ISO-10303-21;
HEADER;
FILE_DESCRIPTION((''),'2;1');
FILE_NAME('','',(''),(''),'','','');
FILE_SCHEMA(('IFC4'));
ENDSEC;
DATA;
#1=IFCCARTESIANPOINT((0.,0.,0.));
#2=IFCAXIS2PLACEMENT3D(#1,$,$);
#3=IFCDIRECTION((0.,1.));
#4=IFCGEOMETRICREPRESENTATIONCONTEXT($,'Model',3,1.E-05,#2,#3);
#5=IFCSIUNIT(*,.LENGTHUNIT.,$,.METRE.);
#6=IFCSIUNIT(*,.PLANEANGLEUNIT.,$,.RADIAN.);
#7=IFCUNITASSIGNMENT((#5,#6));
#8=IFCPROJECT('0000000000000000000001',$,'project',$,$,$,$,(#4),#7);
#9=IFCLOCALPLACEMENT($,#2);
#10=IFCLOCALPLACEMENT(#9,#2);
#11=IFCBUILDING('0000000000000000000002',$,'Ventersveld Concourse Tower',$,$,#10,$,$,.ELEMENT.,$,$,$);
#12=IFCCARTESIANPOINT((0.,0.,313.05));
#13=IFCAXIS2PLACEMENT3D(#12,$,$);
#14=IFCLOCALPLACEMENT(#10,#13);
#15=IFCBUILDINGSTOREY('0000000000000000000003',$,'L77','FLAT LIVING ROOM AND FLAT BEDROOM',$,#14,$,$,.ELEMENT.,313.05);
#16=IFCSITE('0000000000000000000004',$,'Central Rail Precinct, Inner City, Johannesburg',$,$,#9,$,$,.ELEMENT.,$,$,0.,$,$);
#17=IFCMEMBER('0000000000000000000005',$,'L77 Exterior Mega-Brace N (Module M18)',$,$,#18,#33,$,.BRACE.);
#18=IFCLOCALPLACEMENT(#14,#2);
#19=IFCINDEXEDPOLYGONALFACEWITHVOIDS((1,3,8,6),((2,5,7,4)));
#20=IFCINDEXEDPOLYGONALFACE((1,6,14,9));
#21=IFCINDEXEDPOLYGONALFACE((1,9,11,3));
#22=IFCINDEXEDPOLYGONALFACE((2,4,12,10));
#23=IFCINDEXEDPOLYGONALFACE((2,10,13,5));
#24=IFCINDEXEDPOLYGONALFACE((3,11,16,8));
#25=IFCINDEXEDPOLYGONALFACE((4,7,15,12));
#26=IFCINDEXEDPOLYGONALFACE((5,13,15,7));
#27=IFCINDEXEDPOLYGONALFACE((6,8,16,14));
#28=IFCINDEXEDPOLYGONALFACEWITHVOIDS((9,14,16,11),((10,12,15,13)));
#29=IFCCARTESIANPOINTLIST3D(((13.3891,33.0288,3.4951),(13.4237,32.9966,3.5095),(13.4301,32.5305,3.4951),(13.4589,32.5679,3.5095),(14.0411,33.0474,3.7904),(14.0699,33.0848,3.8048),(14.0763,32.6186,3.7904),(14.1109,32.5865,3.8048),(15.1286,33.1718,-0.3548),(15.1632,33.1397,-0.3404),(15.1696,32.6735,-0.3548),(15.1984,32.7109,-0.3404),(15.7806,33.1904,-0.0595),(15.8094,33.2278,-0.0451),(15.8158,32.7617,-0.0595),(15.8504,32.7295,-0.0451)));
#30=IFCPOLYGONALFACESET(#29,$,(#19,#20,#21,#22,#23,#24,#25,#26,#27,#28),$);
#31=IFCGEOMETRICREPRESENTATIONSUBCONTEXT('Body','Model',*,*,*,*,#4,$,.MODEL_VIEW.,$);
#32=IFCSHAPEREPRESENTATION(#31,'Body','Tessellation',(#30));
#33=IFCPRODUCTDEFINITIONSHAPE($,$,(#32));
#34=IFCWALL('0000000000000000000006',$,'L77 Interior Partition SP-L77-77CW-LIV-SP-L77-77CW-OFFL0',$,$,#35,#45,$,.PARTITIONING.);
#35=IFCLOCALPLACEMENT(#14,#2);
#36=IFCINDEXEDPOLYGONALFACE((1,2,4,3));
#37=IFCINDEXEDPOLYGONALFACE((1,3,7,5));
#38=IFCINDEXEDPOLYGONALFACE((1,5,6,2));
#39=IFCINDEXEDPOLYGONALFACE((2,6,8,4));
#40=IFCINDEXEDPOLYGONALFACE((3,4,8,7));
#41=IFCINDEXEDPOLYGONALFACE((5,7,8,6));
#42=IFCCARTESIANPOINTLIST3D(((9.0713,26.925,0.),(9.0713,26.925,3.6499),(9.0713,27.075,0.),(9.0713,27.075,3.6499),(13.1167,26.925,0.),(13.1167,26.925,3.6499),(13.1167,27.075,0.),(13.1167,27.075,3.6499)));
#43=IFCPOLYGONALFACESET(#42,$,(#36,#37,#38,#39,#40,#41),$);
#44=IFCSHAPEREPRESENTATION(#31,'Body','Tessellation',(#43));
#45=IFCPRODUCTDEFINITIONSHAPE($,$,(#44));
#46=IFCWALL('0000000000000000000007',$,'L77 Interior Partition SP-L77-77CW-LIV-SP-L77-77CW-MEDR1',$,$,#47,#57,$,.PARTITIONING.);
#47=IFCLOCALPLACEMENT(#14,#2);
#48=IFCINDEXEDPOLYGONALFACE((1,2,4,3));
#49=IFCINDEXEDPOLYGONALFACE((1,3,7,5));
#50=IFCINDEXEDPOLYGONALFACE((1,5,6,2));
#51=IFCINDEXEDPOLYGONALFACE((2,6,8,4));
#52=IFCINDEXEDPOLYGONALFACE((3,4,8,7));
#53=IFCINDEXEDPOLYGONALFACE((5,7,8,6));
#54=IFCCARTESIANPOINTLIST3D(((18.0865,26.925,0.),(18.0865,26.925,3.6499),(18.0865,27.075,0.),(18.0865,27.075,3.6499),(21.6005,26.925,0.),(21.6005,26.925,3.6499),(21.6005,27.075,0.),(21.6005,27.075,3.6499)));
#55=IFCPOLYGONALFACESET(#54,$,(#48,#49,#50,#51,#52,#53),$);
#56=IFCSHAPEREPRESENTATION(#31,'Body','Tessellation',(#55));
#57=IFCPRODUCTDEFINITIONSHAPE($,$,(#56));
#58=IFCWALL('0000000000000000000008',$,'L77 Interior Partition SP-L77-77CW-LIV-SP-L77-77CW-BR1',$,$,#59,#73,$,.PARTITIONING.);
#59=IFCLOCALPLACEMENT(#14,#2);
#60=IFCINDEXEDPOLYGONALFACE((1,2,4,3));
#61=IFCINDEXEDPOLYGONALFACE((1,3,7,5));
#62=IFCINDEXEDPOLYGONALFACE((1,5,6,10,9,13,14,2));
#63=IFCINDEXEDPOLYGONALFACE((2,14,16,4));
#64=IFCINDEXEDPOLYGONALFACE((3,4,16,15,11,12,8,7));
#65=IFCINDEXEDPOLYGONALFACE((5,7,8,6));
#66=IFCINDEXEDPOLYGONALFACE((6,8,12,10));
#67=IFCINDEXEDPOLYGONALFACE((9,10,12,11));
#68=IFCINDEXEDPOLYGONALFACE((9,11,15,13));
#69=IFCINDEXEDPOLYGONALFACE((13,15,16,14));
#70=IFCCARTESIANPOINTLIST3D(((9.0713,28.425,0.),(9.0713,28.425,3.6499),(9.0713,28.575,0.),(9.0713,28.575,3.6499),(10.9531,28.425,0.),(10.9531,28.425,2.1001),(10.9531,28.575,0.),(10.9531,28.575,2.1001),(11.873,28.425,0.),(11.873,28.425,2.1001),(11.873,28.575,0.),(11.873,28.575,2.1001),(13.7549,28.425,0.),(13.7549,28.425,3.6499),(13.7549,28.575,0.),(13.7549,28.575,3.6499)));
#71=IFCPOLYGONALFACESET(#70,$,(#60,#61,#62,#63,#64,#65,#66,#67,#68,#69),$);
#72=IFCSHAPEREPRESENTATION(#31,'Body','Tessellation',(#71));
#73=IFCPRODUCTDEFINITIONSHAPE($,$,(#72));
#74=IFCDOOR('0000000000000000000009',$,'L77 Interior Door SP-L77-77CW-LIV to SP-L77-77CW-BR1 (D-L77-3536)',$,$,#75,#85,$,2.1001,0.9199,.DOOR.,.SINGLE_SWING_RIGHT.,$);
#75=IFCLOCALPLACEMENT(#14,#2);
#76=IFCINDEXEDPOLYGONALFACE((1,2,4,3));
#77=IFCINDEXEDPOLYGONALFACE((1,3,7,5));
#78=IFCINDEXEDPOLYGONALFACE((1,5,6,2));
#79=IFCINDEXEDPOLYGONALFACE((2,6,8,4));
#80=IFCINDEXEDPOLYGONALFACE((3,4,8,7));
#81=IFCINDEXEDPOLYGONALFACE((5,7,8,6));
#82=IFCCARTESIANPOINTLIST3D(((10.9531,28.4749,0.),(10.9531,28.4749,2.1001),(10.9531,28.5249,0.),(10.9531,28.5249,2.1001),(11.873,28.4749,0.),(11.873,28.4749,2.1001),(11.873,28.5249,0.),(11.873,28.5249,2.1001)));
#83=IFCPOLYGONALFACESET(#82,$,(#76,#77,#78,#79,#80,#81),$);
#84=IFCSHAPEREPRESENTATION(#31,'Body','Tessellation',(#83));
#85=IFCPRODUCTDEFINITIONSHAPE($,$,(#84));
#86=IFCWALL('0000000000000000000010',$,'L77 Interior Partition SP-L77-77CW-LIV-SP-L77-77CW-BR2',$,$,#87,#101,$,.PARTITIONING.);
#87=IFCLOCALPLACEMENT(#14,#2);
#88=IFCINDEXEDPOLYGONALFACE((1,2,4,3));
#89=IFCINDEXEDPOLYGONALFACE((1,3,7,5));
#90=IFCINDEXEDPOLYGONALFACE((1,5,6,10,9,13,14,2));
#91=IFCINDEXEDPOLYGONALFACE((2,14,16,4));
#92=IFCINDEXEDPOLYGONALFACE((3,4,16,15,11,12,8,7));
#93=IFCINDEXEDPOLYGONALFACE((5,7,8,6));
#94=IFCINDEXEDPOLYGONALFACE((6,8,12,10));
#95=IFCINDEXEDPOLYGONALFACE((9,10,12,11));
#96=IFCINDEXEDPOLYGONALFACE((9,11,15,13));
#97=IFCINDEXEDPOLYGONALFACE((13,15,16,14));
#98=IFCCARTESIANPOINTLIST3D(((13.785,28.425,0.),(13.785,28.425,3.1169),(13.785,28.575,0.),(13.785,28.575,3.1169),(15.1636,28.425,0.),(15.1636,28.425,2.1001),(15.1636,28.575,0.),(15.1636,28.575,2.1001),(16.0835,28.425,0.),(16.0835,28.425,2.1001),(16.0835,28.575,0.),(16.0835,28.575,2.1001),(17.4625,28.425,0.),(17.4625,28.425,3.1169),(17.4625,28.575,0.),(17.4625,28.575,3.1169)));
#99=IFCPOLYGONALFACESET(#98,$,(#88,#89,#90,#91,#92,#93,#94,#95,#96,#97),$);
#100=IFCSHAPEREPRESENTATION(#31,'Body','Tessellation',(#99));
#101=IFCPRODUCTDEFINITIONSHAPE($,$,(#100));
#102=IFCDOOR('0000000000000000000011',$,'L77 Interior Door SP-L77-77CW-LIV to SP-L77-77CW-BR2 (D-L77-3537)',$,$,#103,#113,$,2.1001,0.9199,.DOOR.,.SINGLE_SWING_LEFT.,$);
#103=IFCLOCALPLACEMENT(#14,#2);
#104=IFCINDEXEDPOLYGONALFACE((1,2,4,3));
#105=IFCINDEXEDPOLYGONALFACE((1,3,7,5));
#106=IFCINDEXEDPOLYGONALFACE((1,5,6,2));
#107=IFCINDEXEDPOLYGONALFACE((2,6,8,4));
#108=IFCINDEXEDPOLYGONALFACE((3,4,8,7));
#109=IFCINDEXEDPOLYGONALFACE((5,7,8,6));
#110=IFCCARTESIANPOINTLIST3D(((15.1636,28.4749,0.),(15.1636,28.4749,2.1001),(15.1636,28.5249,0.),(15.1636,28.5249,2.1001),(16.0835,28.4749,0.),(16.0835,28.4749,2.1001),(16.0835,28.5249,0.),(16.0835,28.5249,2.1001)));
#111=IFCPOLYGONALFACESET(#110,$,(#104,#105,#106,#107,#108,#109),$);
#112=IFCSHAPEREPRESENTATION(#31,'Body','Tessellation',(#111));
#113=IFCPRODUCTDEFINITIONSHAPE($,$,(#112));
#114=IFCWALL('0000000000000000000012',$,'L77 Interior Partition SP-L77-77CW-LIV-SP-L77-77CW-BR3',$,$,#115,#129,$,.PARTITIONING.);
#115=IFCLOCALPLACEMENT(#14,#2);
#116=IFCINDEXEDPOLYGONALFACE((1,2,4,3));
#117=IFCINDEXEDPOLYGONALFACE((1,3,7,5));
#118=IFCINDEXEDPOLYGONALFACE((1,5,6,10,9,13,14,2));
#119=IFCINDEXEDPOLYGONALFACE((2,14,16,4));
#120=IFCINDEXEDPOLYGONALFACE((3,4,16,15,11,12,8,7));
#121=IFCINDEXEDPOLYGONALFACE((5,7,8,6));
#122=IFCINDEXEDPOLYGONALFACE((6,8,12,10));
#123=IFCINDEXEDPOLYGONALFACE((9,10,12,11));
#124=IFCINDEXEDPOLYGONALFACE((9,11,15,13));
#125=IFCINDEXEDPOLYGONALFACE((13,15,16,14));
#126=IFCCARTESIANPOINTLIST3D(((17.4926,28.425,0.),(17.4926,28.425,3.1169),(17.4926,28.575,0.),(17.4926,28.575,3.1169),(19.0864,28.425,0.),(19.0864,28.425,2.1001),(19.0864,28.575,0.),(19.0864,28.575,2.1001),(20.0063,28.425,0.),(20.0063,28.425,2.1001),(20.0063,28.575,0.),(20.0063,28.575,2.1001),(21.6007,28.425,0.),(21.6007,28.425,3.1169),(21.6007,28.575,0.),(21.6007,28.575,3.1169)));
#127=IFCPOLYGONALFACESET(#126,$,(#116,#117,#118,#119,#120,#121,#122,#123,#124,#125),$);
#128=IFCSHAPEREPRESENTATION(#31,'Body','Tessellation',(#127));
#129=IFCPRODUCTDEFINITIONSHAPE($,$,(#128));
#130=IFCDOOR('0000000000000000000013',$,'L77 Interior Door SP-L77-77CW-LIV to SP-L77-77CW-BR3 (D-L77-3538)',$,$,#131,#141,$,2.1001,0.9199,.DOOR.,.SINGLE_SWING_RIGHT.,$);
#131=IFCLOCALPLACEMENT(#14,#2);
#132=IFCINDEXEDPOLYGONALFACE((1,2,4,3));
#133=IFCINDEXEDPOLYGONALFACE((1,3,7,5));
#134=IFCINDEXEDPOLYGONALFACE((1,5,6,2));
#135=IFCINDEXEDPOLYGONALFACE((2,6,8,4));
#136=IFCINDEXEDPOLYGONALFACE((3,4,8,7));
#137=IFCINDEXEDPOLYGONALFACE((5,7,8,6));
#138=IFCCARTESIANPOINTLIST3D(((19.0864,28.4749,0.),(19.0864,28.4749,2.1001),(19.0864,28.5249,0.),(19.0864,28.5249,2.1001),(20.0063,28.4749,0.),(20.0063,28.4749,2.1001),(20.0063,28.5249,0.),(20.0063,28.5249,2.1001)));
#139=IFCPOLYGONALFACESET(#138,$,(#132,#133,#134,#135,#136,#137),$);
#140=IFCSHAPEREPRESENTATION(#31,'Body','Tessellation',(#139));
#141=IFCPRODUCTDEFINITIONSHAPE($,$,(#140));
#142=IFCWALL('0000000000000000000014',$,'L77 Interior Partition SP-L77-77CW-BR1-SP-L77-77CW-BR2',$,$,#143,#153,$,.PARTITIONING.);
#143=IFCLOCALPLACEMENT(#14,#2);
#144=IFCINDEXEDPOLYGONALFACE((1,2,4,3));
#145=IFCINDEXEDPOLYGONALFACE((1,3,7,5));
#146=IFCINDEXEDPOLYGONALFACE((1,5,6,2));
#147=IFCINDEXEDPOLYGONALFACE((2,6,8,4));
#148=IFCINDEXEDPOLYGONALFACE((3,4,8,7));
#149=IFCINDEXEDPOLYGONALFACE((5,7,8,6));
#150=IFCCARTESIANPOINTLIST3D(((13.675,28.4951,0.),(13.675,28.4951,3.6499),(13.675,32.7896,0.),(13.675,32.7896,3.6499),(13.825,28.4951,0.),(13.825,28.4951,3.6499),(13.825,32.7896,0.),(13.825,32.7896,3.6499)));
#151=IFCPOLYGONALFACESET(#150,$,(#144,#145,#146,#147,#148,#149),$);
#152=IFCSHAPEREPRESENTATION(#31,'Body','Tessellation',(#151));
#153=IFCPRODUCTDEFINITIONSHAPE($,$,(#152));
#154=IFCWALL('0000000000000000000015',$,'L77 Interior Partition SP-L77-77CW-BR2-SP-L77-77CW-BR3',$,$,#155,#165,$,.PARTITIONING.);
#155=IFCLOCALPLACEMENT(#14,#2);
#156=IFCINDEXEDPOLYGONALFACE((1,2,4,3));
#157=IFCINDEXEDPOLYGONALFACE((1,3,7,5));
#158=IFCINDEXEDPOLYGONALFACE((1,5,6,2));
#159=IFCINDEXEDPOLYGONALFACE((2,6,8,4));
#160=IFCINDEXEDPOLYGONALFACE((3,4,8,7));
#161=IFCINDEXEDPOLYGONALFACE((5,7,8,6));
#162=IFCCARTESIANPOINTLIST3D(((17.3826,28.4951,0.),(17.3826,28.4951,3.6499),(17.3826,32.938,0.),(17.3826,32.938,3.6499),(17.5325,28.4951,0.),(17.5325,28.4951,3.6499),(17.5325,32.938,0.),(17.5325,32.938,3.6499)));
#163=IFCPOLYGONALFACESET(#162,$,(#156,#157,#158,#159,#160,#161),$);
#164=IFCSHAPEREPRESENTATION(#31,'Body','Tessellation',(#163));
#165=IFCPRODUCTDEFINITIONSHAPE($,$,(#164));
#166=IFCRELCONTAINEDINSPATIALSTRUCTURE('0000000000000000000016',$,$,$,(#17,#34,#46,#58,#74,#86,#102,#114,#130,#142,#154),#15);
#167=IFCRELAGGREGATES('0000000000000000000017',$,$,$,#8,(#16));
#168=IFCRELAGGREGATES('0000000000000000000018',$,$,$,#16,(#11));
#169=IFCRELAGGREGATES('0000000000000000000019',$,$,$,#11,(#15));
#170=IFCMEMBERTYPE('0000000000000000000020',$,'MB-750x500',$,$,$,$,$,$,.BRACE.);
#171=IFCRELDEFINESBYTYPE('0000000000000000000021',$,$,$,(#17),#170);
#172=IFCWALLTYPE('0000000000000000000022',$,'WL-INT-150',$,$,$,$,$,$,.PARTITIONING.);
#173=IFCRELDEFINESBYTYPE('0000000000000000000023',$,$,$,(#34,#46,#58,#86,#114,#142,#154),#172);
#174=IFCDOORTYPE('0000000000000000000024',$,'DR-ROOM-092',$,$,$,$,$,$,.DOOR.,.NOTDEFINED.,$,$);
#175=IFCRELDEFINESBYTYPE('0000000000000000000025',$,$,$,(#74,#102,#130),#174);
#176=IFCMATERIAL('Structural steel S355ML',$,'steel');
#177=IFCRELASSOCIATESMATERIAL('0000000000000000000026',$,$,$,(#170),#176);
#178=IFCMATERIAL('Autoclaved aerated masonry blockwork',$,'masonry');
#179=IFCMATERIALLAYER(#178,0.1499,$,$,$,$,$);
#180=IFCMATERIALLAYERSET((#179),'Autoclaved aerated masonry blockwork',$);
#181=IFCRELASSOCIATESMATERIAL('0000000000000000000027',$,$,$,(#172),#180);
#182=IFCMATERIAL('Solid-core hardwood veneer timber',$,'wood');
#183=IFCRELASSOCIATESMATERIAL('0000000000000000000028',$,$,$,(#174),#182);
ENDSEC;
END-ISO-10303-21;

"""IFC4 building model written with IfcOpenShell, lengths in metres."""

from ifc_helpers import new_model, si_unit, direction, frame, frame_2d, origin, origin_2d, place, context, subcontext, project, spatial, rectangle, hollow_rectangle, extrude, material, layer, layer_set, material_profile, profile_set, type_object, element, fill, save


model = new_model("IFC4")

# Units and contexts
model_context = context("Model", 3, precision=1e-05, world=origin(), true_north=direction((0.0, 1.0)))
body_context = subcontext(model_context, "Body", "Model", "MODEL_VIEW")
ifc_project = project(units=[si_unit("LENGTHUNIT", "METRE"), si_unit("PLANEANGLEUNIT", "RADIAN")], contexts=[model_context])

# Site, building, storey
site_placement = place(None, origin())
site = spatial("IfcSite", under=ifc_project, at=site_placement, Name="Central Rail Precinct, Inner City, Johannesburg", CompositionType="ELEMENT", RefElevation=0.0)
building_placement = place(site_placement, origin())
building = spatial("IfcBuilding", under=site, at=building_placement, Name="Ventersveld Concourse Tower", CompositionType="ELEMENT")
storey_placement = place(building_placement, frame((0.0, 0.0, 313.05)))
storey = spatial("IfcBuildingStorey", under=building, at=storey_placement, Name="L77", Description="FLAT LIVING ROOM AND FLAT BEDROOM", CompositionType="ELEMENT", Elevation=313.05)

# Member
ifc_material_1 = material(Name="Structural steel S355ML", Category="steel")
ifc_material_profile_1 = material_profile(ifc_material_1, hollow_rectangle(XDim=0.5, YDim=0.75, WallThickness=0.0349, at=origin_2d()), Name="BOX 750x500x35")
ifc_profile_set_1 = profile_set([ifc_material_profile_1], Name="Structural steel S355ML")
member_type = type_object("IfcMemberType", Name="MB-750x500", PredefinedType="BRACE", material=ifc_profile_set_1)
member_placement = place(storey_placement, frame((15.4895, 32.9507, -0.2), z_axis=(-0.41152, -0.033846, 0.910772), x_axis=(0.081969, -0.996635, 0.0)))
element("IfcMember", 1, at=member_placement, inside=storey, type_object=member_type, Name="L77 Exterior Mega-Brace N (Module M18)", PredefinedType="BRACE", context=body_context, shape_type="SweptSolid", body=[
    extrude(hollow_rectangle(XDim=0.5, YDim=0.75, WallThickness=0.0349, at=origin_2d()), origin(), (0.0, 0.0, 1.0), 4.2271),
])

# Walls
ifc_material_2 = material(Name="Autoclaved aerated masonry blockwork", Category="masonry")
ifc_layer_1 = layer(ifc_material_2, 0.1499)
ifc_layer_set_1 = layer_set([ifc_layer_1], Name="Autoclaved aerated masonry blockwork")
wall_type_1 = type_object("IfcWallType", Name="WL-INT-150", PredefinedType="PARTITIONING", material=ifc_layer_set_1)
wall_1_placement = place(storey_placement, frame((9.0713, 27.0, 0.0), z_axis=(0.0, 0.0, 1.0), x_axis=(1.0, 0.0, 0.0)))
element("IfcWall", 2, at=wall_1_placement, inside=storey, type_object=wall_type_1, Name="L77 Interior Partition SP-L77-77CW-LIV-SP-L77-77CW-OFFL0", PredefinedType="PARTITIONING", context=body_context, shape_type="SweptSolid", body=[
    extrude(rectangle(XDim=4.0454, YDim=0.1499, at=frame_2d((2.0227, 0.0))), origin(), (0.0, 0.0, 1.0), 3.6499),
])
wall_2_placement = place(storey_placement, frame((18.0867, 27.0, 0.0), z_axis=(0.0, 0.0, 1.0), x_axis=(1.0, 0.0, 0.0)))
element("IfcWall", 3, at=wall_2_placement, inside=storey, type_object=wall_type_1, Name="L77 Interior Partition SP-L77-77CW-LIV-SP-L77-77CW-MEDR1", PredefinedType="PARTITIONING", context=body_context, shape_type="SweptSolid", body=[
    extrude(rectangle(XDim=3.5139, YDim=0.1499, at=frame_2d((1.7568, 0.0))), origin(), (0.0, 0.0, 1.0), 3.6499),
])

# Walls, openings, doors
wall_3_placement = place(storey_placement, frame((9.0713, 28.5, 0.0), z_axis=(0.0, 0.0, 1.0), x_axis=(1.0, 0.0, 0.0)))
wall_3 = element("IfcWall", 4, at=wall_3_placement, inside=storey, type_object=wall_type_1, Name="L77 Interior Partition SP-L77-77CW-LIV-SP-L77-77CW-BR1", PredefinedType="PARTITIONING", context=body_context, shape_type="SweptSolid", body=[
    extrude(rectangle(XDim=4.6836, YDim=0.1499, at=frame_2d((2.3418, 0.0))), origin(), (0.0, 0.0, 1.0), 3.6499),
])
opening_1_placement = place(wall_3_placement, frame((1.8818, 0.0, 0.0)))
opening_1 = element("IfcOpeningElement", 5, at=opening_1_placement, cuts=wall_3, PredefinedType="OPENING", context=body_context, shape_type="SweptSolid", body=[
    extrude(rectangle(XDim=0.9199, YDim=2.1001, at=frame_2d((0.46, 1.05))), frame((0.0, 0.085, 0.0), z_axis=(0.0, -1.0, 0.0), x_axis=(1.0, 0.0, 0.0)), (0.0, 0.0, 1.0), 0.1699),
])
ifc_material_3 = material(Name="Solid-core hardwood veneer timber", Category="wood")
door_type = type_object("IfcDoorType", Name="DR-ROOM-092", OperationType="NOTDEFINED", PredefinedType="DOOR", material=ifc_material_3)
door_1_placement = place(opening_1_placement, origin())
door_1 = element("IfcDoor", 6, at=door_1_placement, inside=storey, type_object=door_type, Name="L77 Interior Door SP-L77-77CW-LIV to SP-L77-77CW-BR1 (D-L77-3536)", OperationType="SINGLE_SWING_RIGHT", OverallHeight=2.1001, OverallWidth=0.9199, PredefinedType="DOOR", context=body_context, shape_type="SweptSolid", body=[
    extrude(rectangle(XDim=0.9199, YDim=2.1001, at=frame_2d((0.46, 1.05))), frame((0.0, 0.0249, 0.0), z_axis=(0.0, -1.0, 0.0), x_axis=(1.0, 0.0, 0.0)), (0.0, 0.0, 1.0), 0.05),
])
fill(opening_1, door_1)
wall_4_placement = place(storey_placement, frame((13.7849, 28.5, 0.0), z_axis=(0.0, 0.0, 1.0), x_axis=(1.0, 0.0, 0.0)))
wall_4 = element("IfcWall", 7, at=wall_4_placement, inside=storey, type_object=wall_type_1, Name="L77 Interior Partition SP-L77-77CW-LIV-SP-L77-77CW-BR2", PredefinedType="PARTITIONING", context=body_context, shape_type="SweptSolid", body=[
    extrude(rectangle(XDim=3.6775, YDim=0.1499, at=frame_2d((1.8389, 0.0))), origin(), (0.0, 0.0, 1.0), 3.1169),
])
opening_2_placement = place(wall_4_placement, frame((1.3787, 0.0, 0.0)))
opening_2 = element("IfcOpeningElement", 8, at=opening_2_placement, cuts=wall_4, PredefinedType="OPENING", context=body_context, shape_type="SweptSolid", body=[
    extrude(rectangle(XDim=0.9199, YDim=2.1001, at=frame_2d((0.46, 1.05))), frame((0.0, 0.085, 0.0), z_axis=(0.0, -1.0, 0.0), x_axis=(1.0, 0.0, 0.0)), (0.0, 0.0, 1.0), 0.1699),
])
door_2_placement = place(opening_2_placement, origin())
door_2 = element("IfcDoor", 9, at=door_2_placement, inside=storey, type_object=door_type, Name="L77 Interior Door SP-L77-77CW-LIV to SP-L77-77CW-BR2 (D-L77-3537)", OperationType="SINGLE_SWING_LEFT", OverallHeight=2.1001, OverallWidth=0.9199, PredefinedType="DOOR", context=body_context, shape_type="SweptSolid", body=[
    extrude(rectangle(XDim=0.9199, YDim=2.1001, at=frame_2d((0.46, 1.05))), frame((0.0, 0.0249, 0.0), z_axis=(0.0, -1.0, 0.0), x_axis=(1.0, 0.0, 0.0)), (0.0, 0.0, 1.0), 0.05),
])
fill(opening_2, door_2)
wall_5_placement = place(storey_placement, frame((17.4924, 28.5, 0.0), z_axis=(0.0, 0.0, 1.0), x_axis=(1.0, 0.0, 0.0)))
wall_5 = element("IfcWall", 10, at=wall_5_placement, inside=storey, type_object=wall_type_1, Name="L77 Interior Partition SP-L77-77CW-LIV-SP-L77-77CW-BR3", PredefinedType="PARTITIONING", context=body_context, shape_type="SweptSolid", body=[
    extrude(rectangle(XDim=4.1082, YDim=0.1499, at=frame_2d((2.0542, 0.0))), origin(), (0.0, 0.0, 1.0), 3.1169),
])
opening_3_placement = place(wall_5_placement, frame((1.594, 0.0, 0.0)))
opening_3 = element("IfcOpeningElement", 11, at=opening_3_placement, cuts=wall_5, PredefinedType="OPENING", context=body_context, shape_type="SweptSolid", body=[
    extrude(rectangle(XDim=0.9199, YDim=2.1001, at=frame_2d((0.46, 1.05))), frame((0.0, 0.085, 0.0), z_axis=(0.0, -1.0, 0.0), x_axis=(1.0, 0.0, 0.0)), (0.0, 0.0, 1.0), 0.1699),
])
door_3_placement = place(opening_3_placement, origin())
door_3 = element("IfcDoor", 12, at=door_3_placement, inside=storey, type_object=door_type, Name="L77 Interior Door SP-L77-77CW-LIV to SP-L77-77CW-BR3 (D-L77-3538)", OperationType="SINGLE_SWING_RIGHT", OverallHeight=2.1001, OverallWidth=0.9199, PredefinedType="DOOR", context=body_context, shape_type="SweptSolid", body=[
    extrude(rectangle(XDim=0.9199, YDim=2.1001, at=frame_2d((0.46, 1.05))), frame((0.0, 0.0249, 0.0), z_axis=(0.0, -1.0, 0.0), x_axis=(1.0, 0.0, 0.0)), (0.0, 0.0, 1.0), 0.05),
])
fill(opening_3, door_3)

# Walls
wall_6_placement = place(storey_placement, frame((13.75, 28.4951, 0.0), z_axis=(0.0, 0.0, 1.0), x_axis=(0.0, 1.0, 0.0)))
element("IfcWall", 13, at=wall_6_placement, inside=storey, type_object=wall_type_1, Name="L77 Interior Partition SP-L77-77CW-BR1-SP-L77-77CW-BR2", PredefinedType="PARTITIONING", context=body_context, shape_type="SweptSolid", body=[
    extrude(rectangle(XDim=4.2944, YDim=0.1499, at=frame_2d((2.1472, 0.0))), origin(), (0.0, 0.0, 1.0), 3.6499),
])
wall_7_placement = place(storey_placement, frame((17.4575, 28.4951, 0.0), z_axis=(0.0, 0.0, 1.0), x_axis=(0.0, 1.0, 0.0)))
element("IfcWall", 14, at=wall_7_placement, inside=storey, type_object=wall_type_1, Name="L77 Interior Partition SP-L77-77CW-BR2-SP-L77-77CW-BR3", PredefinedType="PARTITIONING", context=body_context, shape_type="SweptSolid", body=[
    extrude(rectangle(XDim=4.4429, YDim=0.1499, at=frame_2d((2.2214, 0.0))), origin(), (0.0, 0.0, 1.0), 3.6499),
])

save(model, "model.ifc")
